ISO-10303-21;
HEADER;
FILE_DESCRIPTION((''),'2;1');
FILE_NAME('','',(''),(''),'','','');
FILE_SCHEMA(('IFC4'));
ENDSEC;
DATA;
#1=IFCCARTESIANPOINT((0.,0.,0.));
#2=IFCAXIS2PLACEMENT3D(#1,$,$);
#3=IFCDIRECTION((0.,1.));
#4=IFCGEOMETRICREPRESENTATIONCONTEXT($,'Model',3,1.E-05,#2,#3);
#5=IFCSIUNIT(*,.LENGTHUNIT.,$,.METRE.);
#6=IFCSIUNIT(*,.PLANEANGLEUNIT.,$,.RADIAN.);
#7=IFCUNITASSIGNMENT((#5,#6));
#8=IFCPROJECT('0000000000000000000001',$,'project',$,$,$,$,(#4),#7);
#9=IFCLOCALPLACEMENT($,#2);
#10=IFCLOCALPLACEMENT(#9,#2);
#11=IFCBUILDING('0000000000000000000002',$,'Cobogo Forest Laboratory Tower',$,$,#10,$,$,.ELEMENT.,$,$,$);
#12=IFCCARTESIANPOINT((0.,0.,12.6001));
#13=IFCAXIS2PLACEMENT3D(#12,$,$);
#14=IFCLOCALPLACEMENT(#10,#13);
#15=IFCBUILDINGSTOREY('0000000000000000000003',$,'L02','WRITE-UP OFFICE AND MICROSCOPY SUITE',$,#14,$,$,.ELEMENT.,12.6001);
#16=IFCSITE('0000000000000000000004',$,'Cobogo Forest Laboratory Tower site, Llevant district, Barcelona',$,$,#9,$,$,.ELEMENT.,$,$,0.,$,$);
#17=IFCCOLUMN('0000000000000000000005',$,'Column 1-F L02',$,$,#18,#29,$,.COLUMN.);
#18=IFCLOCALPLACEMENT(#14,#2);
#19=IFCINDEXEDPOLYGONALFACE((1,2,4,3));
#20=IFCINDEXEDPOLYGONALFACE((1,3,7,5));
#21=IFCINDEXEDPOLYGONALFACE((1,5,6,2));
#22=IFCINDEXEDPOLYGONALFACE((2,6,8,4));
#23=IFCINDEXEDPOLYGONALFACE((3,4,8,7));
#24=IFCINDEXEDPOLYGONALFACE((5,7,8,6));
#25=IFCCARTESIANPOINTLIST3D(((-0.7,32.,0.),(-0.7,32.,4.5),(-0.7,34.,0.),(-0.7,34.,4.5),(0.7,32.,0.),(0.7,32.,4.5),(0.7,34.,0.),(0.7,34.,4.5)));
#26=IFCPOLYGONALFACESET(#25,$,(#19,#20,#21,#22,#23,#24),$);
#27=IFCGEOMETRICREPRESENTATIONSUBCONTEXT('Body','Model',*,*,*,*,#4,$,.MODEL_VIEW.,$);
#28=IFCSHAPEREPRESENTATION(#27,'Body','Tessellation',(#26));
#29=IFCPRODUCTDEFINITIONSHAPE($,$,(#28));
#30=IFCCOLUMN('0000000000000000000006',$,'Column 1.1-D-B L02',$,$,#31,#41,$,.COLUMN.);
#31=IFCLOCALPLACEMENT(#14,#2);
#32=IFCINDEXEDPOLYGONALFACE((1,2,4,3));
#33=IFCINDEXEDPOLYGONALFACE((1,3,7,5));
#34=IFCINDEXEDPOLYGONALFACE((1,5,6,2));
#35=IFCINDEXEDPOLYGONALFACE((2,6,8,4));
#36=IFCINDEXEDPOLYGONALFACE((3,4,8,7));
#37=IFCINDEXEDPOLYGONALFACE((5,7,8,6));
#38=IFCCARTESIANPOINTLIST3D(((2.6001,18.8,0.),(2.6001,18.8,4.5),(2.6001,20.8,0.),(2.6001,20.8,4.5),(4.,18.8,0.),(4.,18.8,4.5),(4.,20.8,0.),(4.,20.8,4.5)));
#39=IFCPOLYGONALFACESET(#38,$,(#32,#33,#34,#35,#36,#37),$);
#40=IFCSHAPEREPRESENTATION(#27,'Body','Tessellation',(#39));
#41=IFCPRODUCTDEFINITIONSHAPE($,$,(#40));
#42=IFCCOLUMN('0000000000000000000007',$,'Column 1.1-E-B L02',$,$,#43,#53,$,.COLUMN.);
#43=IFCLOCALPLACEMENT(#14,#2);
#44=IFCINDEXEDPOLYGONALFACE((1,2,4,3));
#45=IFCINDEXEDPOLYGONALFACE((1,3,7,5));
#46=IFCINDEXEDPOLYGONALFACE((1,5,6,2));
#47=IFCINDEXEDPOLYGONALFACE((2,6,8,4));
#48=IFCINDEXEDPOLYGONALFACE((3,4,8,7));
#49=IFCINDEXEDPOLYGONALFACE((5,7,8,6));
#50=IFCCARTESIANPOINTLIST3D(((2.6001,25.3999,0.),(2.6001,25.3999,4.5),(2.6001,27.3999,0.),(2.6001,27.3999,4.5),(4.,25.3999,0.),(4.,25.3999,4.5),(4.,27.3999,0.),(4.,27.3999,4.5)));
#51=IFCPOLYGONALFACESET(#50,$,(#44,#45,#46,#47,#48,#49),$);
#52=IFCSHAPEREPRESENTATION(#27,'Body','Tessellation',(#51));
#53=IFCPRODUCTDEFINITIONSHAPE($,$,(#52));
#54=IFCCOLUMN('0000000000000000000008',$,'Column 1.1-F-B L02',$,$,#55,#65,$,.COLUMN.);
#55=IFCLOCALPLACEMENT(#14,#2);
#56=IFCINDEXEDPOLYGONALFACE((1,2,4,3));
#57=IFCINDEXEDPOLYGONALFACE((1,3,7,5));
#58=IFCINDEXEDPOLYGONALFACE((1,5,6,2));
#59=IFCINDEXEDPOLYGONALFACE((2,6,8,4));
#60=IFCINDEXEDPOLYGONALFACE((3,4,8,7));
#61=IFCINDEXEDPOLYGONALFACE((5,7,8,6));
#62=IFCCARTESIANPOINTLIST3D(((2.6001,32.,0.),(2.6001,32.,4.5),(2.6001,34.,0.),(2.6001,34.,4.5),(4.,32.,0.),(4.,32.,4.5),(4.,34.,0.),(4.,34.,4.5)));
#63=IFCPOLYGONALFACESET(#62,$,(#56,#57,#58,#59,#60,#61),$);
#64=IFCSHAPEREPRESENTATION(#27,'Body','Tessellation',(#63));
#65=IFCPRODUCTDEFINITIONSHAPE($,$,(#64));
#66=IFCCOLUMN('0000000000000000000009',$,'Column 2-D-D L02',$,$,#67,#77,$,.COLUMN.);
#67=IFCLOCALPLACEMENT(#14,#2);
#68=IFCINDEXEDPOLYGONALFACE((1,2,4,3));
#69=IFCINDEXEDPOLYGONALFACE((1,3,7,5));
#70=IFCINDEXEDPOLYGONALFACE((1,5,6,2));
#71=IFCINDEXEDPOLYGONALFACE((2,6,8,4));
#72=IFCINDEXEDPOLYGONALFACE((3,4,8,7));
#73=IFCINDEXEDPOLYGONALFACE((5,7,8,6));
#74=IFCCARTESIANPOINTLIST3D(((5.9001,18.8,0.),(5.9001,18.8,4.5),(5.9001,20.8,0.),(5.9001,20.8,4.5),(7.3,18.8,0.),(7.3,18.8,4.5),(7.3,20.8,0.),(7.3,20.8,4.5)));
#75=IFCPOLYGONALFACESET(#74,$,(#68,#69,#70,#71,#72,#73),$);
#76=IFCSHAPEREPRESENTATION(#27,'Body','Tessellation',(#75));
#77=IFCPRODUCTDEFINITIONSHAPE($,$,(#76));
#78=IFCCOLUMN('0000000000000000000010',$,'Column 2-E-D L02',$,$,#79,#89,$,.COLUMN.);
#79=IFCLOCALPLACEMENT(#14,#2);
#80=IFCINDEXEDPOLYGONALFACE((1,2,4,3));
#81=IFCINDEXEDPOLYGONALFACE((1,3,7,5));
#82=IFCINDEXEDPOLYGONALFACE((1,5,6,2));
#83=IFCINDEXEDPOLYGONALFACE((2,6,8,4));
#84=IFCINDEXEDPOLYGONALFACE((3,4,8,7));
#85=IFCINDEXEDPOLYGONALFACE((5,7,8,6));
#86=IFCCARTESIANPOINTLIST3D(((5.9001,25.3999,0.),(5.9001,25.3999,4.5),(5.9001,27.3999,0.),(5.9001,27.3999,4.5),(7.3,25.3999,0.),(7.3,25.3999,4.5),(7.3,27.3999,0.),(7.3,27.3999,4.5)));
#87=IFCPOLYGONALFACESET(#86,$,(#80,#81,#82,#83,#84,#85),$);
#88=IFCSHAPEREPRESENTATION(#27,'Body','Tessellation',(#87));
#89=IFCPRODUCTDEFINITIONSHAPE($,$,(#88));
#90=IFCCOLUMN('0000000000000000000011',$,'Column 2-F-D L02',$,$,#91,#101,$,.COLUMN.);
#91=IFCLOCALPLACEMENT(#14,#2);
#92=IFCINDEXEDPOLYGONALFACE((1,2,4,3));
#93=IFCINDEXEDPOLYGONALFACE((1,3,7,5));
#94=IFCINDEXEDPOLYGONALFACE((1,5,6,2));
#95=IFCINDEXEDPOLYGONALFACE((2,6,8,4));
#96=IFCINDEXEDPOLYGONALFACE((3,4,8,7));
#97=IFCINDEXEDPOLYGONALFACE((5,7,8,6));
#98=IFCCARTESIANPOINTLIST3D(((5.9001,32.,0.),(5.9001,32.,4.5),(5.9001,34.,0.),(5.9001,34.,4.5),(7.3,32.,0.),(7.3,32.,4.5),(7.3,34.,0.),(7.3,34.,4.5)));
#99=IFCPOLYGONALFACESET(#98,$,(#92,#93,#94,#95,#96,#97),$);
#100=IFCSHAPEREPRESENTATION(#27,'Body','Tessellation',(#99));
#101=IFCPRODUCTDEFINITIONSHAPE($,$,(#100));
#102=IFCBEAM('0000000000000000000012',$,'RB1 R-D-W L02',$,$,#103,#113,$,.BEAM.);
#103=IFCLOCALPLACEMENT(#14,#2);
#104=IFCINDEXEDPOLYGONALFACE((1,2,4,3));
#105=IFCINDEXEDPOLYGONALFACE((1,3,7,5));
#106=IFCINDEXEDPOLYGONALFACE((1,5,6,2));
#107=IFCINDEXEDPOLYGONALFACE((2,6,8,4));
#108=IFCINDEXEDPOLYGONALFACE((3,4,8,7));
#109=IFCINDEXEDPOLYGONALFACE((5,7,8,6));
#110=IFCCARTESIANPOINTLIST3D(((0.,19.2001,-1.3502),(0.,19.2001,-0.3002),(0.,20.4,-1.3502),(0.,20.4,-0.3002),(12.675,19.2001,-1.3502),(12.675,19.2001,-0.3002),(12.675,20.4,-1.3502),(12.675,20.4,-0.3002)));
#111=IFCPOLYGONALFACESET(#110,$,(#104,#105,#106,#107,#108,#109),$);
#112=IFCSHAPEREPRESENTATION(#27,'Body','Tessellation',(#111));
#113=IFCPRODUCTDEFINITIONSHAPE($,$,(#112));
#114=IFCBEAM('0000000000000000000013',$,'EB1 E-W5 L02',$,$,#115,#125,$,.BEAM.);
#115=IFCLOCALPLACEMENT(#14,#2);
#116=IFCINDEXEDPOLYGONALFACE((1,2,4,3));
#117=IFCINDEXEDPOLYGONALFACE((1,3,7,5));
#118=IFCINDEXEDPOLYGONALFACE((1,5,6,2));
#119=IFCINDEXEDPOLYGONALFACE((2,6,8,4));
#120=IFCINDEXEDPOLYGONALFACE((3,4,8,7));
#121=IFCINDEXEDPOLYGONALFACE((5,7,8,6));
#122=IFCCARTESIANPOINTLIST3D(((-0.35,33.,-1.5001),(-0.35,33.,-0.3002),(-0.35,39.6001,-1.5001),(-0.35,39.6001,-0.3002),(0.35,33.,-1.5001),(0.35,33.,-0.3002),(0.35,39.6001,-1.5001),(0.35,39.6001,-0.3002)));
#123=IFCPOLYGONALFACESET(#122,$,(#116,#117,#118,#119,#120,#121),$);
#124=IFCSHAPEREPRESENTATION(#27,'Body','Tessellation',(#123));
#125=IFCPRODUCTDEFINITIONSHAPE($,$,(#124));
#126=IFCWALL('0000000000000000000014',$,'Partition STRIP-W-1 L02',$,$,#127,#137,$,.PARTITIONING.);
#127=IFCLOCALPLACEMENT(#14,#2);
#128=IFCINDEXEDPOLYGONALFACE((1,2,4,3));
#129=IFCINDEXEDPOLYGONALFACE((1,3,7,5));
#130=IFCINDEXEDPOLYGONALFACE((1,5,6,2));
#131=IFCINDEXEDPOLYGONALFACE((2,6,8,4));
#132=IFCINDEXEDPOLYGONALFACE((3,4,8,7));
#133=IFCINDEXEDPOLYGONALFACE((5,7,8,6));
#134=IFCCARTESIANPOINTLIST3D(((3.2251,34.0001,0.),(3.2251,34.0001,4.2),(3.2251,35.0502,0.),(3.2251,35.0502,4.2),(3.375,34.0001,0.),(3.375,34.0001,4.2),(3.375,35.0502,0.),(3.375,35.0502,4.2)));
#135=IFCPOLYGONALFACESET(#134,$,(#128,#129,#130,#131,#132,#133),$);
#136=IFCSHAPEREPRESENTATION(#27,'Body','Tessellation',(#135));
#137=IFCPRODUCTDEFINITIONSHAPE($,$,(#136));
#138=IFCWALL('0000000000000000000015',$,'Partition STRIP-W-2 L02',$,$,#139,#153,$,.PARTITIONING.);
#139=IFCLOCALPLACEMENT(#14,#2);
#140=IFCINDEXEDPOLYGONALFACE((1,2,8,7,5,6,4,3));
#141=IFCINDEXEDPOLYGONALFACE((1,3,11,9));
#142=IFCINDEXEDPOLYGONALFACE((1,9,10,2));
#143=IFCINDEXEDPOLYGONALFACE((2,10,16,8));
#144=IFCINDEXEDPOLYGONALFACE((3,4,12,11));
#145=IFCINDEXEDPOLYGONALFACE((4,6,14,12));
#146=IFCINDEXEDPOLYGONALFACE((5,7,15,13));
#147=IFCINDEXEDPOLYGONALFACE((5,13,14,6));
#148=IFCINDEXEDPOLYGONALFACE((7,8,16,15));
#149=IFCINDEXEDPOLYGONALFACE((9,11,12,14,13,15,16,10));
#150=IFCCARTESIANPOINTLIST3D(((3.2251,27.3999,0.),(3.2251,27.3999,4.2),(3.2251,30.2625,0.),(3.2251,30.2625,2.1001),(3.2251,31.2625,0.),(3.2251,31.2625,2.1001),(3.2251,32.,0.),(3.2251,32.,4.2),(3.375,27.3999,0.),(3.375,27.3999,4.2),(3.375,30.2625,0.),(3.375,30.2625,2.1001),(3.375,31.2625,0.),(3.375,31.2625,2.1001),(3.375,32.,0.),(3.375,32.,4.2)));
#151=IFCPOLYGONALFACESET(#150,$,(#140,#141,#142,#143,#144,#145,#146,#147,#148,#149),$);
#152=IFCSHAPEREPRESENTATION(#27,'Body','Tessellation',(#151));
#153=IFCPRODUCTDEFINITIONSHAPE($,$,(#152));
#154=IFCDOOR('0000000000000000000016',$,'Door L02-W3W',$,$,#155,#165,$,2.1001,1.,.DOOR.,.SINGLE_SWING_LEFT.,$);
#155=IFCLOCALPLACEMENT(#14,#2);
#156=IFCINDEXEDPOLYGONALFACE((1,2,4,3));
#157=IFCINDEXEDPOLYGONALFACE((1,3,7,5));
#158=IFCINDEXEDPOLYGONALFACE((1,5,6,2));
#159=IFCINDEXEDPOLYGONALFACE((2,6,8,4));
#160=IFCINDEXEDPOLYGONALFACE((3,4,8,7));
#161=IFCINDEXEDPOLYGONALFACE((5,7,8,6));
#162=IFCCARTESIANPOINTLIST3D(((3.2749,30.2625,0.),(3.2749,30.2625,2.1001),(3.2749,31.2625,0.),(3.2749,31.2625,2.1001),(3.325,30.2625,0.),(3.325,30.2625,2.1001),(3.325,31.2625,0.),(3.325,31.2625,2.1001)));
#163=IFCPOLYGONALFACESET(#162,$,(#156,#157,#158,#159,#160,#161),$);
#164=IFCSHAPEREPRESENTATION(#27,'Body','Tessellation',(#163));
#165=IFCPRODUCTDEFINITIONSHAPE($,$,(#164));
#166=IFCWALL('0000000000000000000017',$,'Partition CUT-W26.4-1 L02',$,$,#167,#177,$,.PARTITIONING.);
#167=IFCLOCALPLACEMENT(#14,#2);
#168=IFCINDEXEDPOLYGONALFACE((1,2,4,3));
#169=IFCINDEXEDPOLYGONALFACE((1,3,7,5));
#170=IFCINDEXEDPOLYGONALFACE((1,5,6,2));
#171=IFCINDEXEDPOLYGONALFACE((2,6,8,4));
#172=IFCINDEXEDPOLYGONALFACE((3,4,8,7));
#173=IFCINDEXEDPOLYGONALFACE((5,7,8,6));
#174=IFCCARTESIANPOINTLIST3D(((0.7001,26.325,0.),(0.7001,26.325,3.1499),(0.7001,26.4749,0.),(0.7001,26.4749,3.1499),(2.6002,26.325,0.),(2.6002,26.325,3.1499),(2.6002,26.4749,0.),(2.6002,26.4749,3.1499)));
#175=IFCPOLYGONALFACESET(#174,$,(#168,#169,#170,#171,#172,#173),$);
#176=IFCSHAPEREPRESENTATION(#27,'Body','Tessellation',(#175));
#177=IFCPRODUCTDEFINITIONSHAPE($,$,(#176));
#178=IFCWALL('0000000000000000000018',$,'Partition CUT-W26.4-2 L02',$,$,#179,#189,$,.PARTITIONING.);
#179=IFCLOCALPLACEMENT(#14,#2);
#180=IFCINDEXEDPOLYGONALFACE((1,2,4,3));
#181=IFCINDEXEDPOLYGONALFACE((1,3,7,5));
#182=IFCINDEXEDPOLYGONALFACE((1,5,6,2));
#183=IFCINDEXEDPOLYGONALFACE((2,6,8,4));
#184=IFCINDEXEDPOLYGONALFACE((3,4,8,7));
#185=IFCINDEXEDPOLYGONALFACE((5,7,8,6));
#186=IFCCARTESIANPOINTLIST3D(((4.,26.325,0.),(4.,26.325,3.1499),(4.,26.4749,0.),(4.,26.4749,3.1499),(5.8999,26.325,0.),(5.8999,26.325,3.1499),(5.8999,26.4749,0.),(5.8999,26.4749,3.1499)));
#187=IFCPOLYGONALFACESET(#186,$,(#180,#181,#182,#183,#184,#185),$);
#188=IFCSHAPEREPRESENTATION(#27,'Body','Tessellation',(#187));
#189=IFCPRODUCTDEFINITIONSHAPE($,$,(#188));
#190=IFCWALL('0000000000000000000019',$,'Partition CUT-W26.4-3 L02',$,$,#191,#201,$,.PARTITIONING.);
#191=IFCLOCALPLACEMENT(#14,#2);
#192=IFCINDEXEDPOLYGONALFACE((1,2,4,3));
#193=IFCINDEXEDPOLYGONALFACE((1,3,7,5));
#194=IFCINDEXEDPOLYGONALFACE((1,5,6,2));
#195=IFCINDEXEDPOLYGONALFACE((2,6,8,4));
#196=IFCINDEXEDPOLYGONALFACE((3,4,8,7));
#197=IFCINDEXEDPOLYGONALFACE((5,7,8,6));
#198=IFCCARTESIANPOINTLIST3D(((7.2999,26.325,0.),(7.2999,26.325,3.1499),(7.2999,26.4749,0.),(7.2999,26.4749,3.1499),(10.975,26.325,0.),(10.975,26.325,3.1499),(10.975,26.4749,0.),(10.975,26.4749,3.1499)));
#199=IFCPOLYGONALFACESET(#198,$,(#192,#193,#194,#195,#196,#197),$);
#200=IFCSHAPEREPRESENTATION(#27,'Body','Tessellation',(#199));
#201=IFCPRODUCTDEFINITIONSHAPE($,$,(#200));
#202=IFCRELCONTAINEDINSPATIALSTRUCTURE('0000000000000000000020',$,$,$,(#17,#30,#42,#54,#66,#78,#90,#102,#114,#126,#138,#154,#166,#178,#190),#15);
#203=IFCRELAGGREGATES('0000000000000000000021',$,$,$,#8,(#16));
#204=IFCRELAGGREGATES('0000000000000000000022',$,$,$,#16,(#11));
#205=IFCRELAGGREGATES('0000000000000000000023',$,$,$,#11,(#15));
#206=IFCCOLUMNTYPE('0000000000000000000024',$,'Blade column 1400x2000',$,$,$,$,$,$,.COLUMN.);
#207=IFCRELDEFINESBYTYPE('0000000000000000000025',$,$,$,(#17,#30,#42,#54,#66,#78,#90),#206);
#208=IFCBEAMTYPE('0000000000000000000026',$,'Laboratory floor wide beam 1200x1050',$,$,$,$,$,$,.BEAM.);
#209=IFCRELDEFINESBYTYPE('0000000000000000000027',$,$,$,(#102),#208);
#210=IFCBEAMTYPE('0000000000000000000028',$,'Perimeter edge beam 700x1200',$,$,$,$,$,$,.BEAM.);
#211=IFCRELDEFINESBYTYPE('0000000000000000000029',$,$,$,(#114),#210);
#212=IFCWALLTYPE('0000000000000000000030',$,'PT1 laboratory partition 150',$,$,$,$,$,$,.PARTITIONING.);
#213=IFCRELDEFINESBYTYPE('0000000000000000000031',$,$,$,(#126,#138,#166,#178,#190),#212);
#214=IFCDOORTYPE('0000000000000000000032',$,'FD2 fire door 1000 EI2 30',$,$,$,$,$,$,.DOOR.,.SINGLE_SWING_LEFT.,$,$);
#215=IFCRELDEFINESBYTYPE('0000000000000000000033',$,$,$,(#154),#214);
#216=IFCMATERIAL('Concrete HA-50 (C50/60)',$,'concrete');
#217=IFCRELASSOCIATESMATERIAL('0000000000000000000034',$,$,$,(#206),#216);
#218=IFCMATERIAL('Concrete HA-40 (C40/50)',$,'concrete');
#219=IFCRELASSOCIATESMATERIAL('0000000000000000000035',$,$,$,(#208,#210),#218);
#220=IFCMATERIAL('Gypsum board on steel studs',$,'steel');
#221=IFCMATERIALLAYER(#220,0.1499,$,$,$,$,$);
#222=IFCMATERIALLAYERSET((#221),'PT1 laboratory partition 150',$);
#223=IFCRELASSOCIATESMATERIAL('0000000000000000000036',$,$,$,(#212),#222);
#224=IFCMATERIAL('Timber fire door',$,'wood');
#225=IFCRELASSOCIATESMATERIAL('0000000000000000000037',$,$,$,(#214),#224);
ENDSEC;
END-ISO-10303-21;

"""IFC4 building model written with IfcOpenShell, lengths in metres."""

from ifc_helpers import new_model, si_unit, direction, frame, frame_2d, origin, origin_2d, place, context, subcontext, project, spatial, rectangle, extrude, material, layer, layer_set, material_profile, profile_set, type_object, element, fill, save


model = new_model("IFC4")

# Units and contexts
model_context = context("Model", 3, precision=1e-05, world=origin(), true_north=direction((0.0, 1.0)))
body_context = subcontext(model_context, "Body", "Model", "MODEL_VIEW")
ifc_project = project(units=[si_unit("LENGTHUNIT", "METRE"), si_unit("PLANEANGLEUNIT", "RADIAN")], contexts=[model_context])

# Site, building, storey
site_placement = place(None, origin())
site = spatial("IfcSite", under=ifc_project, at=site_placement, Name="Cobogo Forest Laboratory Tower site, Llevant district, Barcelona", CompositionType="ELEMENT", RefElevation=0.0)
building_placement = place(site_placement, origin())
building = spatial("IfcBuilding", under=site, at=building_placement, Name="Cobogo Forest Laboratory Tower", CompositionType="ELEMENT")
storey_placement = place(building_placement, frame((0.0, 0.0, 12.6001)))
storey = spatial("IfcBuildingStorey", under=building, at=storey_placement, Name="L02", Description="WRITE-UP OFFICE AND MICROSCOPY SUITE", CompositionType="ELEMENT", Elevation=12.6001)

# Columns
ifc_material_1 = material(Name="Concrete HA-50 (C50/60)", Category="concrete")
ifc_material_profile_1 = material_profile(ifc_material_1, rectangle(XDim=2.0, YDim=1.3999, at=origin_2d()), Name="RC 1400x2000")
ifc_profile_set_1 = profile_set([ifc_material_profile_1], Name="Concrete HA-50 (C50/60)")
column_type = type_object("IfcColumnType", Name="Blade column 1400x2000", PredefinedType="COLUMN", material=ifc_profile_set_1)
for number, where, z_axis, x_axis, name in (
    (1, (0.0, 33.0, 0.0), (0.0, 0.0, 1.0), (0.0, 1.0, 0.0), "Column 1-F L02"),
    (2, (3.3, 19.8, 0.0), (0.0, 0.0, 1.0), (0.0, 1.0, 0.0), "Column 1.1-D-B L02"),
    (3, (3.3, 26.3999, 0.0), (0.0, 0.0, 1.0), (0.0, 1.0, 0.0), "Column 1.1-E-B L02"),
    (4, (3.3, 33.0, 0.0), (0.0, 0.0, 1.0), (0.0, 1.0, 0.0), "Column 1.1-F-B L02"),
    (5, (6.6001, 19.8, 0.0), (0.0, 0.0, 1.0), (0.0, 1.0, 0.0), "Column 2-D-D L02"),
    (6, (6.6001, 26.3999, 0.0), (0.0, 0.0, 1.0), (0.0, 1.0, 0.0), "Column 2-E-D L02"),
    (7, (6.6001, 33.0, 0.0), (0.0, 0.0, 1.0), (0.0, 1.0, 0.0), "Column 2-F-D L02"),
):
    element("IfcColumn", number, at=place(storey_placement, frame(where, z_axis=z_axis, x_axis=x_axis)), inside=storey, type_object=column_type, Name=name, PredefinedType="COLUMN", context=body_context, shape_type="SweptSolid", body=[
        extrude(rectangle(XDim=2.0, YDim=1.3999, at=origin_2d()), origin(), (0.0, 0.0, 1.0), 4.5),
    ])

# Beams
ifc_material_2 = material(Name="Concrete HA-40 (C40/50)", Category="concrete")
ifc_material_profile_2 = material_profile(ifc_material_2, rectangle(XDim=1.2, YDim=1.05, at=origin_2d()), Name="RC 1200x1050")
ifc_profile_set_2 = profile_set([ifc_material_profile_2], Name="Concrete HA-40 (C40/50)")
beam_type_1 = type_object("IfcBeamType", Name="Laboratory floor wide beam 1200x1050", PredefinedType="BEAM", material=ifc_profile_set_2)
beam_1_placement = place(storey_placement, frame((12.675, 19.8, -0.8252), z_axis=(-1.0, 0.0, 0.0), x_axis=(0.0, -1.0, 0.0)))
element("IfcBeam", 8, at=beam_1_placement, inside=storey, type_object=beam_type_1, Name="RB1 R-D-W L02", PredefinedType="BEAM", context=body_context, shape_type="SweptSolid", body=[
    extrude(rectangle(XDim=1.2, YDim=1.05, at=origin_2d()), origin(), (0.0, 0.0, 1.0), 12.675),
])
ifc_material_profile_3 = material_profile(ifc_material_2, rectangle(XDim=0.7, YDim=1.2, at=origin_2d()), Name="RC 700x1200")
ifc_profile_set_3 = profile_set([ifc_material_profile_3], Name="Concrete HA-40 (C40/50)")
beam_type_2 = type_object("IfcBeamType", Name="Perimeter edge beam 700x1200", PredefinedType="BEAM", material=ifc_profile_set_3)
beam_2_placement = place(storey_placement, frame((0.0, 33.0, -0.9001), z_axis=(0.0, 1.0, 0.0), x_axis=(-1.0, 0.0, 0.0)))
element("IfcBeam", 9, at=beam_2_placement, inside=storey, type_object=beam_type_2, Name="EB1 E-W5 L02", PredefinedType="BEAM", context=body_context, shape_type="SweptSolid", body=[
    extrude(rectangle(XDim=0.7, YDim=1.2, at=origin_2d()), origin(), (0.0, 0.0, 1.0), 6.6001),
])

# Wall
ifc_material_3 = material(Name="Gypsum board on steel studs", Category="steel")
ifc_layer_1 = layer(ifc_material_3, 0.1499)
ifc_layer_set_1 = layer_set([ifc_layer_1], Name="PT1 laboratory partition 150")
wall_type_1 = type_object("IfcWallType", Name="PT1 laboratory partition 150", PredefinedType="PARTITIONING", material=ifc_layer_set_1)
wall_1_placement = place(storey_placement, frame((3.3, 35.05, 0.0), z_axis=(0.0, 0.0, 1.0), x_axis=(0.0, -1.0, 0.0)))
element("IfcWall", 10, at=wall_1_placement, inside=storey, type_object=wall_type_1, Name="Partition STRIP-W-1 L02", PredefinedType="PARTITIONING", context=body_context, shape_type="SweptSolid", body=[
    extrude(rectangle(XDim=1.05, YDim=0.1499, at=frame_2d((0.5249, 0.0))), origin(), (0.0, 0.0, 1.0), 4.2),
])

# Wall, opening, door
wall_2_placement = place(storey_placement, frame((3.3, 32.0, 0.0), z_axis=(0.0, 0.0, 1.0), x_axis=(0.0, -1.0, 0.0)))
wall_2 = element("IfcWall", 11, at=wall_2_placement, inside=storey, type_object=wall_type_1, Name="Partition STRIP-W-2 L02", PredefinedType="PARTITIONING", context=body_context, shape_type="SweptSolid", body=[
    extrude(rectangle(XDim=4.6001, YDim=0.1499, at=frame_2d((2.3, 0.0))), origin(), (0.0, 0.0, 1.0), 4.2),
])
opening_1_placement = place(wall_2_placement, frame((0.7375, 0.0, 0.0)))
opening_1 = element("IfcOpeningElement", 12, at=opening_1_placement, cuts=wall_2, PredefinedType="OPENING", context=body_context, shape_type="SweptSolid", body=[
    extrude(rectangle(XDim=1.0, YDim=2.1001, at=frame_2d((0.5, 1.05))), frame((0.0, 0.085, 0.0), z_axis=(0.0, -1.0, 0.0), x_axis=(1.0, 0.0, 0.0)), (0.0, 0.0, 1.0), 0.1699),
])
ifc_material_4 = material(Name="Timber fire door", Category="wood")
door_type_1 = type_object("IfcDoorType", Name="FD2 fire door 1000 EI2 30", OperationType="SINGLE_SWING_LEFT", PredefinedType="DOOR", material=ifc_material_4)
door_1_placement = place(opening_1_placement, origin())
door_1 = element("IfcDoor", 13, at=door_1_placement, inside=storey, type_object=door_type_1, Name="Door L02-W3W", OperationType="SINGLE_SWING_LEFT", OverallHeight=2.1001, OverallWidth=1.0, PredefinedType="DOOR", context=body_context, shape_type="SweptSolid", body=[
    extrude(rectangle(XDim=1.0, YDim=2.1001, at=frame_2d((0.5, 1.05))), frame((0.0, 0.0249, 0.0), z_axis=(0.0, -1.0, 0.0), x_axis=(1.0, 0.0, 0.0)), (0.0, 0.0, 1.0), 0.05),
])
fill(opening_1, door_1)

# Walls
wall_3_placement = place(storey_placement, frame((0.7, 26.3999, 0.0), z_axis=(0.0, 0.0, 1.0), x_axis=(1.0, 0.0, 0.0)))
element("IfcWall", 14, at=wall_3_placement, inside=storey, type_object=wall_type_1, Name="Partition CUT-W26.4-1 L02", PredefinedType="PARTITIONING", context=body_context, shape_type="SweptSolid", body=[
    extrude(rectangle(XDim=1.9001, YDim=0.1499, at=frame_2d((0.9502, 0.0))), origin(), (0.0, 0.0, 1.0), 3.1499),
])
wall_4_placement = place(storey_placement, frame((4.0, 26.3999, 0.0), z_axis=(0.0, 0.0, 1.0), x_axis=(1.0, 0.0, 0.0)))
element("IfcWall", 15, at=wall_4_placement, inside=storey, type_object=wall_type_1, Name="Partition CUT-W26.4-2 L02", PredefinedType="PARTITIONING", context=body_context, shape_type="SweptSolid", body=[
    extrude(rectangle(XDim=1.8999, YDim=0.1499, at=frame_2d((0.95, 0.0))), origin(), (0.0, 0.0, 1.0), 3.1499),
])
wall_5_placement = place(storey_placement, frame((7.3, 26.3999, 0.0), z_axis=(0.0, 0.0, 1.0), x_axis=(1.0, 0.0, 0.0)))
element("IfcWall", 16, at=wall_5_placement, inside=storey, type_object=wall_type_1, Name="Partition CUT-W26.4-3 L02", PredefinedType="PARTITIONING", context=body_context, shape_type="SweptSolid", body=[
    extrude(rectangle(XDim=3.675, YDim=0.1499, at=frame_2d((1.8374, 0.0))), origin(), (0.0, 0.0, 1.0), 3.1499),
])

save(model, "model.ifc")
